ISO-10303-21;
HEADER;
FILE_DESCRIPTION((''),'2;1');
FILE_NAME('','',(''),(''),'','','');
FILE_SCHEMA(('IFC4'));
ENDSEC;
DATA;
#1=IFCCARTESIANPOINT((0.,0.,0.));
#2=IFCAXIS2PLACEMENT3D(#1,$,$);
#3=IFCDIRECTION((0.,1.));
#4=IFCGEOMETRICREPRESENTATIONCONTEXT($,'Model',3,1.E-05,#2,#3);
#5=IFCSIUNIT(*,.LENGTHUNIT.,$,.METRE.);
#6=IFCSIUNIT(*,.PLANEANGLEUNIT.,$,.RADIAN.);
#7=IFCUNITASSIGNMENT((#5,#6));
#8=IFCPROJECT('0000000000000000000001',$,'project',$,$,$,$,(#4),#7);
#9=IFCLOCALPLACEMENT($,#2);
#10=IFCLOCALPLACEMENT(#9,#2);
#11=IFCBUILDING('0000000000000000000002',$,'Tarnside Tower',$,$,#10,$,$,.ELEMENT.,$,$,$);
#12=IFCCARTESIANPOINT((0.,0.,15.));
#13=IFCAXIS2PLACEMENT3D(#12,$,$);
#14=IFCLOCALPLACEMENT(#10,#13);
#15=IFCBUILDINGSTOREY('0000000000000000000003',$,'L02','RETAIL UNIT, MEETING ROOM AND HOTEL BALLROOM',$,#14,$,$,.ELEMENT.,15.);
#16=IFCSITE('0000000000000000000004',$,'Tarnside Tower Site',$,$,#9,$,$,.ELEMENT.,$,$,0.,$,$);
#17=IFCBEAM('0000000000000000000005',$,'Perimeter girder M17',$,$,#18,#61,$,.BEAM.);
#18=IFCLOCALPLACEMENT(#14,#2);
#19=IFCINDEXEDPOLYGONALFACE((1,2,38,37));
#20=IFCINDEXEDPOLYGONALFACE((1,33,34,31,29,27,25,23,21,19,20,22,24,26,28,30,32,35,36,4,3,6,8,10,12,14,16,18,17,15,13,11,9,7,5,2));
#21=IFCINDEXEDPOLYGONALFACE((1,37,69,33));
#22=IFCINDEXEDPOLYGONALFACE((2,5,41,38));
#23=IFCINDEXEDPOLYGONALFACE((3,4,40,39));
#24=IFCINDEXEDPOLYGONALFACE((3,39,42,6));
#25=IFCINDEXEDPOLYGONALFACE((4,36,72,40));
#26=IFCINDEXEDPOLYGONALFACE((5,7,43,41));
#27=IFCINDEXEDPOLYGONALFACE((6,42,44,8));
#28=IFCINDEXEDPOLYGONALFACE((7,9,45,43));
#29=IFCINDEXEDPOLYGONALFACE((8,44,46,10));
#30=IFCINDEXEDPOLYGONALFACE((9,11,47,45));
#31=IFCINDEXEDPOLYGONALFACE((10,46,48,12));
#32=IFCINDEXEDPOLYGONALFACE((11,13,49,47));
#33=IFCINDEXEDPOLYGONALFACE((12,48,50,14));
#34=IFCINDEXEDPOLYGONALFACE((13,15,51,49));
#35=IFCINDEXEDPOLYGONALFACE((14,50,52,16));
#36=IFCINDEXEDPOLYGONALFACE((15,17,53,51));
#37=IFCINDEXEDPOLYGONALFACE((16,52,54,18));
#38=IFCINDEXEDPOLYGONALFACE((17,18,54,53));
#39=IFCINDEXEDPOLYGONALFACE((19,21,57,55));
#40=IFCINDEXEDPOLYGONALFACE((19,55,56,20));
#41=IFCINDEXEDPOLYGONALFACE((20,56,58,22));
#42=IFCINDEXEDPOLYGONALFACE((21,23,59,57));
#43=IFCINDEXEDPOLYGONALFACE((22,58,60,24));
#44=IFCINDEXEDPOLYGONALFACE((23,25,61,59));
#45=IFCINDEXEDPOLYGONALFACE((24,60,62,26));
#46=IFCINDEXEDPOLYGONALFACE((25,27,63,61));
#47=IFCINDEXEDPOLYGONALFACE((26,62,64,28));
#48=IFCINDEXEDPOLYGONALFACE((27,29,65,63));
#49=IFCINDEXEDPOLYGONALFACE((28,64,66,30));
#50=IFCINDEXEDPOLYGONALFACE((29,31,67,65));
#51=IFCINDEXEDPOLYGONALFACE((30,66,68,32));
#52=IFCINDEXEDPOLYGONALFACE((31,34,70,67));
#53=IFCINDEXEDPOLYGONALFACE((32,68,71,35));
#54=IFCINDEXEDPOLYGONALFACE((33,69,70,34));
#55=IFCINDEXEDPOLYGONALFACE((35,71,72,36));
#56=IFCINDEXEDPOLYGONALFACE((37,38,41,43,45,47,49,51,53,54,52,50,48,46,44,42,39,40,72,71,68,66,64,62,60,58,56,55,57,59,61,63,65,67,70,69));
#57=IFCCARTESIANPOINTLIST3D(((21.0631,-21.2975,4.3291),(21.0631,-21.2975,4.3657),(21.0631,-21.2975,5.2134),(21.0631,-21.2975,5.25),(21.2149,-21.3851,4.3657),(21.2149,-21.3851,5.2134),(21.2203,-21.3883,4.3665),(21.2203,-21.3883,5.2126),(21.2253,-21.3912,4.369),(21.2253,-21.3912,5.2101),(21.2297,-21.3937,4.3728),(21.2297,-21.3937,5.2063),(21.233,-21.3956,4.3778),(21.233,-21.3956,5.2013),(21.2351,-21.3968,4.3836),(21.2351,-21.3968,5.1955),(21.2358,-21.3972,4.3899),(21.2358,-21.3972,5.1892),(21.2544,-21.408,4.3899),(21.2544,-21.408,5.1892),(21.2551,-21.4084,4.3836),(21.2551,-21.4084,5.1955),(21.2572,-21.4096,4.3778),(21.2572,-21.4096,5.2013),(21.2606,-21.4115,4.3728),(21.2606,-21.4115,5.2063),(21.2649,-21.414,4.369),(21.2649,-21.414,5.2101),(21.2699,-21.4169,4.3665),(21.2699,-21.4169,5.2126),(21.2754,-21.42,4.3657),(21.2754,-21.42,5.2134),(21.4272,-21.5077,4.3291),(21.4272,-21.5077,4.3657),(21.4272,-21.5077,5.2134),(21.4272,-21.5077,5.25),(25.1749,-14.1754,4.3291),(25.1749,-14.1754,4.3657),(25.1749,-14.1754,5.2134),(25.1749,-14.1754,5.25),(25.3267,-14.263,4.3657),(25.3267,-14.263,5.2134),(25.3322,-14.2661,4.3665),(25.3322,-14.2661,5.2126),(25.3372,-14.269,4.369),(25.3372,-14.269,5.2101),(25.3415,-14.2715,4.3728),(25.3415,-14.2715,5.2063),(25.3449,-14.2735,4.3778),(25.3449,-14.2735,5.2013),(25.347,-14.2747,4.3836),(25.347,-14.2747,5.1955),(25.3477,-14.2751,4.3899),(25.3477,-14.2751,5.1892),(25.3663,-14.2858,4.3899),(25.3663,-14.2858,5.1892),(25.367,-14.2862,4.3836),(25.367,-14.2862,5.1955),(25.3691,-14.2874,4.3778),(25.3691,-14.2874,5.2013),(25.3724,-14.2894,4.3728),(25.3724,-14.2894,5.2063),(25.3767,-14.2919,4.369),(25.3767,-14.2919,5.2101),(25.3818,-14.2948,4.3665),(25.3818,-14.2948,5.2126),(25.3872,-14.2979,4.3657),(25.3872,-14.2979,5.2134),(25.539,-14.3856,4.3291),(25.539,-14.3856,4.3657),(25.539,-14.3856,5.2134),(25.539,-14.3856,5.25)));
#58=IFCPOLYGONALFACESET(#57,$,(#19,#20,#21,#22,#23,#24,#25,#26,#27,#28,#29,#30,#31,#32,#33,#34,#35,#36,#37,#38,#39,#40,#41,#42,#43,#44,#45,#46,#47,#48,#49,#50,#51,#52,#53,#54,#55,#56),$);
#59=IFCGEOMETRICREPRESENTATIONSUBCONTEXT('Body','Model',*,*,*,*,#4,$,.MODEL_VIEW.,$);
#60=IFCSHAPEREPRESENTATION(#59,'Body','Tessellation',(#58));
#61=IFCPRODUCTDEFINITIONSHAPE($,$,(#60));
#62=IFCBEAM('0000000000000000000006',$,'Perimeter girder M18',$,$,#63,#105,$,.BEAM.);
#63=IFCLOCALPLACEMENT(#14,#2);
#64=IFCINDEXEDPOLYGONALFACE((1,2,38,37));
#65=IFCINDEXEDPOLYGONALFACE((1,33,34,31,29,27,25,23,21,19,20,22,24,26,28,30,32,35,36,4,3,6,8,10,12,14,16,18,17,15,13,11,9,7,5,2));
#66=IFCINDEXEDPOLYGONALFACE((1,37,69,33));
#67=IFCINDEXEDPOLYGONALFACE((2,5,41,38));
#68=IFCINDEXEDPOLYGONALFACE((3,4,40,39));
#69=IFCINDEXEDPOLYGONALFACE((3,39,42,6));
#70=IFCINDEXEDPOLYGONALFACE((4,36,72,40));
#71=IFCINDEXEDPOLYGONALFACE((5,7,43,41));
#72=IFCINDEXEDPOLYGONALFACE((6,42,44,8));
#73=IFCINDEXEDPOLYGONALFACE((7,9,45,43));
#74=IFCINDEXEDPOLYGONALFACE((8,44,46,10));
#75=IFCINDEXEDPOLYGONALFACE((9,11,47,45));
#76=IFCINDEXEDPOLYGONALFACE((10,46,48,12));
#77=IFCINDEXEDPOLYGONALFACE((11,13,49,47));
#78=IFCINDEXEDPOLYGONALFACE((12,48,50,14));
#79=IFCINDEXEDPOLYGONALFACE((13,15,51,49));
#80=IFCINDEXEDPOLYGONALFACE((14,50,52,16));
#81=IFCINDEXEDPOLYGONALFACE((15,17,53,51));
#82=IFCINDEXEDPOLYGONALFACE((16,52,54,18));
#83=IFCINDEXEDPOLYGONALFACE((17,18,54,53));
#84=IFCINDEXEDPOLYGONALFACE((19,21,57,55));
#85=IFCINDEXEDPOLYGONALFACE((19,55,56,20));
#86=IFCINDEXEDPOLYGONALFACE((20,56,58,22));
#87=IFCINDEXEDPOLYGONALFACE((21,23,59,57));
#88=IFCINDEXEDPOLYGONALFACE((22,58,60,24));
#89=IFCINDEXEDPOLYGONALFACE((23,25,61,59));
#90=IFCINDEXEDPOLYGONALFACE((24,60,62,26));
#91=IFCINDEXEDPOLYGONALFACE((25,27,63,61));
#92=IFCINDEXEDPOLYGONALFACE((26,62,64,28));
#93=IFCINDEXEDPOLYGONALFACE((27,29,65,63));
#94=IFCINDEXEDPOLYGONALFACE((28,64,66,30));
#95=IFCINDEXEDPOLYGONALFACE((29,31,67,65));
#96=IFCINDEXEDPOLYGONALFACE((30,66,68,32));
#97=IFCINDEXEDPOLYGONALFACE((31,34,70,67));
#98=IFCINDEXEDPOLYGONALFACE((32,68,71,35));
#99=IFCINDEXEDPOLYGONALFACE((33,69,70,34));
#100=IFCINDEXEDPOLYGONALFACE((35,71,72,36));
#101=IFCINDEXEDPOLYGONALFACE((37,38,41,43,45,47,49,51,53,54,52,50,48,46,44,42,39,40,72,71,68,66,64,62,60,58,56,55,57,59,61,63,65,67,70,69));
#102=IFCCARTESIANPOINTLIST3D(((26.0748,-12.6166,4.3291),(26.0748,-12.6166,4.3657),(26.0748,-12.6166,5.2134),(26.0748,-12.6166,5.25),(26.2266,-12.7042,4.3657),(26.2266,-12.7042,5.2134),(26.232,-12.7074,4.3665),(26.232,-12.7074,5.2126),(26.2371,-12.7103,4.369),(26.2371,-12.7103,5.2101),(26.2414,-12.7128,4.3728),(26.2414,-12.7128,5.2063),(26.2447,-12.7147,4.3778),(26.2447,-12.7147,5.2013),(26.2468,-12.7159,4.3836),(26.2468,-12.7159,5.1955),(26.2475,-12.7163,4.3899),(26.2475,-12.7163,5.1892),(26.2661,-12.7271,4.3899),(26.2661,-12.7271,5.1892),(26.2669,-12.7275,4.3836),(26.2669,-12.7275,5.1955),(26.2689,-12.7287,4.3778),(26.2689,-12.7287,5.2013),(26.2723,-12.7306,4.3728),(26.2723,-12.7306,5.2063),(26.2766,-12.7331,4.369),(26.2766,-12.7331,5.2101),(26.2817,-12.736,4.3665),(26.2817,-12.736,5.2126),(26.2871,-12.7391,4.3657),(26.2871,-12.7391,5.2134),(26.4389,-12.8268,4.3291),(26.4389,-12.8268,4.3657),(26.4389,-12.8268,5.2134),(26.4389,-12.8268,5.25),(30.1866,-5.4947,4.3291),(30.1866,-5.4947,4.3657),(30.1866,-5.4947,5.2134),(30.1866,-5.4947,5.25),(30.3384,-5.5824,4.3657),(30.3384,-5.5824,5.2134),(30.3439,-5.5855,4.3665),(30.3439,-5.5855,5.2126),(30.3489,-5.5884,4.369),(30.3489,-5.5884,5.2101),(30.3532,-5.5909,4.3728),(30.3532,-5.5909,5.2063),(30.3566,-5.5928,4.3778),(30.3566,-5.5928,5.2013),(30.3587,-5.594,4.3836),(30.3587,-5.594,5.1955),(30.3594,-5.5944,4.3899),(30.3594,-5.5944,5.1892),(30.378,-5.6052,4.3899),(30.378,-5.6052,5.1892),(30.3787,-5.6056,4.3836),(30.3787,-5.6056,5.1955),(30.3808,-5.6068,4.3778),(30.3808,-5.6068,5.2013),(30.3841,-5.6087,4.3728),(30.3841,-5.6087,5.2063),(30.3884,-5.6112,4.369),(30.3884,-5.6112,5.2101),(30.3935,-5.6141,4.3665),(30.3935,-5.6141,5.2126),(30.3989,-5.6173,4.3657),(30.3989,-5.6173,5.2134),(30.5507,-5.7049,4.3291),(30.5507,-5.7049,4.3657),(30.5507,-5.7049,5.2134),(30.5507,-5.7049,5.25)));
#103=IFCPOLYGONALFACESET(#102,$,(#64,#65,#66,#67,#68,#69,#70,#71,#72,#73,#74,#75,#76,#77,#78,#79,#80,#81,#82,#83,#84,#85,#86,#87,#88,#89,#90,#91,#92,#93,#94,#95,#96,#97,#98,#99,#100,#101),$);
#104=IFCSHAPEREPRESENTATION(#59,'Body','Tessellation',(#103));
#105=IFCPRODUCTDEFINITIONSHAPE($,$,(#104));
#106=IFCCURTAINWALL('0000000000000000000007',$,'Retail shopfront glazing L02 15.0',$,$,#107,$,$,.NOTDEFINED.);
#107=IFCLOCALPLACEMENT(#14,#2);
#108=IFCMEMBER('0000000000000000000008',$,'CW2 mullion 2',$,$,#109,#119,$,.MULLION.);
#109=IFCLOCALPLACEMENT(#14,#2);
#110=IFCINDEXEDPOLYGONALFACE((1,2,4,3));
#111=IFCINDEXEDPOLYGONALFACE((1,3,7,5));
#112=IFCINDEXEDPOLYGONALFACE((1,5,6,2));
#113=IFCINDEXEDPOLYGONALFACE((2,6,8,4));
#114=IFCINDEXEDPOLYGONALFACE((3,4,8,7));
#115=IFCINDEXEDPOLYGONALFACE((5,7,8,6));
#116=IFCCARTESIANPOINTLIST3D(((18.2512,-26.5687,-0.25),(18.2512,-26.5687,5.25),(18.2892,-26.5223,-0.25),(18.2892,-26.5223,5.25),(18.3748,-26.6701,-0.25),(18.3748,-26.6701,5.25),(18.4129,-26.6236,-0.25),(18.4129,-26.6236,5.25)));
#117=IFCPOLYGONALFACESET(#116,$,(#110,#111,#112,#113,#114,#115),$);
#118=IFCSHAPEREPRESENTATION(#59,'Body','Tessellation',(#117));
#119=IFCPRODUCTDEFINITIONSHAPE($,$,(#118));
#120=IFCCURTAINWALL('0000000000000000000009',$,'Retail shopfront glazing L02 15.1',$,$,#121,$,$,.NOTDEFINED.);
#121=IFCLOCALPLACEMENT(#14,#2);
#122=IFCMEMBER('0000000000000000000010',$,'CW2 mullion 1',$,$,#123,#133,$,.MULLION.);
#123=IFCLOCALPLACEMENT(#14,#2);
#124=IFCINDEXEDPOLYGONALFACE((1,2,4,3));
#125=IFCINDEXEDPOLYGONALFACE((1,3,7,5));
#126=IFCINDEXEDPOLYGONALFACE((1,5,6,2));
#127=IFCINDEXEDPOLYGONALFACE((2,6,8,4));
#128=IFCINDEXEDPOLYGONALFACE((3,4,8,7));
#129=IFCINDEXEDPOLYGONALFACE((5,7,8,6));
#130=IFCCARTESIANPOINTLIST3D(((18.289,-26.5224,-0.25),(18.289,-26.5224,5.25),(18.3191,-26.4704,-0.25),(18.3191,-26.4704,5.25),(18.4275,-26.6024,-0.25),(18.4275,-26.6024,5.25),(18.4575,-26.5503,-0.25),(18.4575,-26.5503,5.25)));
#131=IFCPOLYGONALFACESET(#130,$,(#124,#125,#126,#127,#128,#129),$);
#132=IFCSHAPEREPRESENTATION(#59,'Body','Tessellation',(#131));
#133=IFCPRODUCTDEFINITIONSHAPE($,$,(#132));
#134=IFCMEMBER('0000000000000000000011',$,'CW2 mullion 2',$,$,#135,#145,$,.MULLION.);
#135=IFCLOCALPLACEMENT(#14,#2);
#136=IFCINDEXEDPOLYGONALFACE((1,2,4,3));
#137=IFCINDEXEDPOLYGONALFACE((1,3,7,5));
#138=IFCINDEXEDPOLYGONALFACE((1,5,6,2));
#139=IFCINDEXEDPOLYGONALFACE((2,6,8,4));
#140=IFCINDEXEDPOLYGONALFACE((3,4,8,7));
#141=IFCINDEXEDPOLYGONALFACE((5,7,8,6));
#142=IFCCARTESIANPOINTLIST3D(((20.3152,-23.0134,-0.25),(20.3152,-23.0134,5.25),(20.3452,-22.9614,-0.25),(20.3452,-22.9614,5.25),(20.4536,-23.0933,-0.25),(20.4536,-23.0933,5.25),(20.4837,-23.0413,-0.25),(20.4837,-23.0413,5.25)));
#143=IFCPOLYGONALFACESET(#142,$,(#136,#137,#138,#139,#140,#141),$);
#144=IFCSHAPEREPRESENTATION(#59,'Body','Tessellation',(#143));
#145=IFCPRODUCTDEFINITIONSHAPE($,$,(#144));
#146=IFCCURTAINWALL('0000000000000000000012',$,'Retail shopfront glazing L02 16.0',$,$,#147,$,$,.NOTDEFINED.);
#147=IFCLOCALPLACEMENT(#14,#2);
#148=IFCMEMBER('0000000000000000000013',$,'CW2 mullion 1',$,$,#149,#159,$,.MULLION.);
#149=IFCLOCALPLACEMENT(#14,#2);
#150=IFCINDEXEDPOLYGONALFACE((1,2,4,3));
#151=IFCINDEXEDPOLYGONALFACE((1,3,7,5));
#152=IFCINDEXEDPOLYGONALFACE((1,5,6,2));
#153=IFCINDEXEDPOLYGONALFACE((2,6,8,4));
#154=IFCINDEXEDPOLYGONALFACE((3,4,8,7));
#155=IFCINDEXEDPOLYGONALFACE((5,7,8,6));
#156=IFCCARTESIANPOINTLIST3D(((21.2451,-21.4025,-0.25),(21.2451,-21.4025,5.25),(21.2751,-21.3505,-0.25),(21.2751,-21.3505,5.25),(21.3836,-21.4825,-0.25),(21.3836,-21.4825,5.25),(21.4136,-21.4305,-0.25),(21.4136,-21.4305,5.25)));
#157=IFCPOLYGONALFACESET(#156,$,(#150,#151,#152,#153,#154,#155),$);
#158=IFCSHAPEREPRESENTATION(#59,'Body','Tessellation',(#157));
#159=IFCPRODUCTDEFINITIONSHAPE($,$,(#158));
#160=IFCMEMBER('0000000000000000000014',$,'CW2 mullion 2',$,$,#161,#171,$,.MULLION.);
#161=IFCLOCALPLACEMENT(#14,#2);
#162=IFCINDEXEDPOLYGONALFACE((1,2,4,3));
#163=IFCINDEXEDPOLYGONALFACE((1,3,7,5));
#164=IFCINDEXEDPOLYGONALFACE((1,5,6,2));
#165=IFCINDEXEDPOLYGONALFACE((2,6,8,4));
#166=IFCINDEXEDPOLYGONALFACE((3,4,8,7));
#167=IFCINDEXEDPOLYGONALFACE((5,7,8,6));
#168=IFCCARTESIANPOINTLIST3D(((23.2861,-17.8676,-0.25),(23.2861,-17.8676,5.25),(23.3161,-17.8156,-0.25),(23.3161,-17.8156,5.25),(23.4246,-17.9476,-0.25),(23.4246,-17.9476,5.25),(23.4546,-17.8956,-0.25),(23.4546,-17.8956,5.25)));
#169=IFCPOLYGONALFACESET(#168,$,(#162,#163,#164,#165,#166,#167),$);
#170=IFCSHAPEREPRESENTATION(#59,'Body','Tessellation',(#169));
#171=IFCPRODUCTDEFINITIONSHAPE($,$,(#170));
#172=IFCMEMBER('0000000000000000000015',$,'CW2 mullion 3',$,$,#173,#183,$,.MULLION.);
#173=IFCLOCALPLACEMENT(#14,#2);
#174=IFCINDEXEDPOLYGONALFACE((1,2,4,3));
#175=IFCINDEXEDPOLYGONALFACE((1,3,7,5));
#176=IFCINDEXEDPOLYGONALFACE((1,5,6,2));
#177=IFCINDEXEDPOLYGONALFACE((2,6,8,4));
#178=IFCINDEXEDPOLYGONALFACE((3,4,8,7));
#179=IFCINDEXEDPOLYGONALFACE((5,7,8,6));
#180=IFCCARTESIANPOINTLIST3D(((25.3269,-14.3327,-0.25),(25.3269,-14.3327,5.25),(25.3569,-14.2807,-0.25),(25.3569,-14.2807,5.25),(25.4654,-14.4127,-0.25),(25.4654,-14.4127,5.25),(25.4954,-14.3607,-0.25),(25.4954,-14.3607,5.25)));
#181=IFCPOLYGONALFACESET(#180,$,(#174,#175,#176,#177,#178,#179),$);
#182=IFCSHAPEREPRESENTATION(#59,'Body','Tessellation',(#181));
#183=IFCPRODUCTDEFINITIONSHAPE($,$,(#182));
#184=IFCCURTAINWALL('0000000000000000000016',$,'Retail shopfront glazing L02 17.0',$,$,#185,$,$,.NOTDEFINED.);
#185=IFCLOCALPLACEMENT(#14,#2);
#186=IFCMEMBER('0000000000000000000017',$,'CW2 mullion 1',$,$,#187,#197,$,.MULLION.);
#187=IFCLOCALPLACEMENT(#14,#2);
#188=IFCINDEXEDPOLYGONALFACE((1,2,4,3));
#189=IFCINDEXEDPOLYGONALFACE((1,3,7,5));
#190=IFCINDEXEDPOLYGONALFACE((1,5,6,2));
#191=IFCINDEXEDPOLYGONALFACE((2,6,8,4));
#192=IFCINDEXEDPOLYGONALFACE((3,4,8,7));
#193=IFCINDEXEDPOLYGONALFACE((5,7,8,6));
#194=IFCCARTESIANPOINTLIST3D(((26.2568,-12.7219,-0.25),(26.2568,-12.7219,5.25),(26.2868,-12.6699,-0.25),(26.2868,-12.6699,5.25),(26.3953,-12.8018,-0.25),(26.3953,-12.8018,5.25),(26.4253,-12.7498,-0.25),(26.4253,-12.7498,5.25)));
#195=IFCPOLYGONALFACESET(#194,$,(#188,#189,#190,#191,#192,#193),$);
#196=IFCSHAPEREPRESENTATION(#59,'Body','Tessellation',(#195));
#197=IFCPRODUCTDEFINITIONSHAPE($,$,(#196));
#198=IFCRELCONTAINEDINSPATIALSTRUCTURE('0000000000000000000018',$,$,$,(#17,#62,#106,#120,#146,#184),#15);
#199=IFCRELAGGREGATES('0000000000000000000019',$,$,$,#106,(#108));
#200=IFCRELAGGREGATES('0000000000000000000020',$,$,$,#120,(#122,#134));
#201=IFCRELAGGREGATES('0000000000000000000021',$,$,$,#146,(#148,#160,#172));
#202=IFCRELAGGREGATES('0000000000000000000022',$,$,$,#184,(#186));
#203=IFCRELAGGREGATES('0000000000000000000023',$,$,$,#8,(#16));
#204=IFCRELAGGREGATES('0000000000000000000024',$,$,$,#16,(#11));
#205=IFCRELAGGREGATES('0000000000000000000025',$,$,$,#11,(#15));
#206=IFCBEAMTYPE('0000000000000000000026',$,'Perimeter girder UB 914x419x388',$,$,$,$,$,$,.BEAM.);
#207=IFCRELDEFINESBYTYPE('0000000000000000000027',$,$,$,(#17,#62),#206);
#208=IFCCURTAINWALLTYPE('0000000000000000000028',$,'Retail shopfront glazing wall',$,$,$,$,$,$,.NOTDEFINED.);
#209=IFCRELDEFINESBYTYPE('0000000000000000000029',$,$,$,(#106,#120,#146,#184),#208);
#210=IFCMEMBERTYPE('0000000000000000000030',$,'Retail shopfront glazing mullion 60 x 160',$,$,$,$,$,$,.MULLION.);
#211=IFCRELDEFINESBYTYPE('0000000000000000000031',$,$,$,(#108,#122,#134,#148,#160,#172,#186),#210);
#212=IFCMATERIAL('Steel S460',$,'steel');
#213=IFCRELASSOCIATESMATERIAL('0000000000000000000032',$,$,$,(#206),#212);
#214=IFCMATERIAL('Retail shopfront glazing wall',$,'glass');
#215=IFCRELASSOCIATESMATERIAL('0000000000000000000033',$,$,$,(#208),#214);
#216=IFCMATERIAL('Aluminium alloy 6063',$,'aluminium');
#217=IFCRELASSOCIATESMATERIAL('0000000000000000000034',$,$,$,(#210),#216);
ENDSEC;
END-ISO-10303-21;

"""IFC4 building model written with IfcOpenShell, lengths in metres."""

from ifc_helpers import new_model, si_unit, direction, frame, origin, origin_2d, place, context, subcontext, project, spatial, rectangle, i_section, extrude, material, material_profile, profile_set, type_object, element, aggregate, save


model = new_model("IFC4")

# Units and contexts
model_context = context("Model", 3, precision=1e-05, world=origin(), true_north=direction((0.0, 1.0)))
body_context = subcontext(model_context, "Body", "Model", "MODEL_VIEW")
ifc_project = project(units=[si_unit("LENGTHUNIT", "METRE"), si_unit("PLANEANGLEUNIT", "RADIAN")], contexts=[model_context])

# Site, building, storey
site_placement = place(None, origin())
site = spatial("IfcSite", under=ifc_project, at=site_placement, Name="Tarnside Tower Site", CompositionType="ELEMENT", RefElevation=0.0)
building_placement = place(site_placement, origin())
building = spatial("IfcBuilding", under=site, at=building_placement, Name="Tarnside Tower", CompositionType="ELEMENT")
storey_placement = place(building_placement, frame((0.0, 0.0, 15.0)))
storey = spatial("IfcBuildingStorey", under=building, at=storey_placement, Name="L02", Description="RETAIL UNIT, MEETING ROOM AND HOTEL BALLROOM", CompositionType="ELEMENT", Elevation=15.0)

# Shared definitions
ifc_material_1 = material(Name="Steel S460", Category="steel")

# Beams
ifc_material_profile_1 = material_profile(ifc_material_1, i_section(OverallWidth=0.4204, OverallDepth=0.9209, WebThickness=0.0215, FlangeThickness=0.0366, FilletRadius=0.0242, at=origin_2d()), Name="UB 914x419x388")
ifc_profile_set_1 = profile_set([ifc_material_profile_1], Name="Steel S460")
beam_type_1 = type_object("IfcBeamType", Name="Perimeter girder UB 914x419x388", PredefinedType="BEAM", material=ifc_profile_set_1)
beam_1_placement = place(storey_placement, frame((21.2451, -21.4026, 4.7896), z_axis=(0.49999, 0.866031, 0.0), x_axis=(-0.866031, 0.49999, 0.0)))
element("IfcBeam", 1, at=beam_1_placement, inside=storey, type_object=beam_type_1, Name="Perimeter girder M17", PredefinedType="BEAM", context=body_context, shape_type="SweptSolid", body=[
    extrude(i_section(OverallWidth=0.4204, OverallDepth=0.9209, WebThickness=0.0215, FlangeThickness=0.0366, FilletRadius=0.0242, at=origin_2d()), origin(), (0.0, 0.0, 1.0), 8.2239),
])
beam_2_placement = place(storey_placement, frame((26.2568, -12.7217, 4.7896), z_axis=(0.500003, 0.866024, 0.0), x_axis=(-0.866024, 0.500003, 0.0)))
element("IfcBeam", 2, at=beam_2_placement, inside=storey, type_object=beam_type_1, Name="Perimeter girder M18", PredefinedType="BEAM", context=body_context, shape_type="SweptSolid", body=[
    extrude(i_section(OverallWidth=0.4204, OverallDepth=0.9209, WebThickness=0.0215, FlangeThickness=0.0366, FilletRadius=0.0242, at=origin_2d()), origin(), (0.0, 0.0, 1.0), 8.2236),
])

# Curtain wall, member
ifc_material_2 = material(Name="Retail shopfront glazing wall", Category="glass")
curtain_wall_type = type_object("IfcCurtainWallType", Name="Retail shopfront glazing wall", PredefinedType="NOTDEFINED", material=ifc_material_2)
curtain_wall_1_placement = place(storey_placement, origin())
curtain_wall_1 = element("IfcCurtainWall", 3, at=curtain_wall_1_placement, inside=storey, type_object=curtain_wall_type, Name="Retail shopfront glazing L02 15.0", PredefinedType="NOTDEFINED")
ifc_material_3 = material(Name="Aluminium alloy 6063", Category="aluminium")
ifc_material_profile_2 = material_profile(ifc_material_3, rectangle(XDim=0.1599, YDim=0.0601, at=origin_2d()), Name="Retail shopfront glazing mullion 60 x 160")
ifc_profile_set_2 = profile_set([ifc_material_profile_2], Name="Aluminium alloy 6063")
member_type_1 = type_object("IfcMemberType", Name="Retail shopfront glazing mullion 60 x 160", PredefinedType="MULLION", material=ifc_profile_set_2)
member_1_placement = place(storey_placement, frame((18.332, -26.5962, -0.25), z_axis=(0.0, 0.0, 1.0), x_axis=(-0.773472, 0.633831, 0.0)))
member_1 = element("IfcMember", 4, at=member_1_placement, type_object=member_type_1, Name="CW2 mullion 2", PredefinedType="MULLION", context=body_context, shape_type="SweptSolid", body=[
    extrude(rectangle(XDim=0.1599, YDim=0.0601, at=origin_2d()), origin(), (0.0, 0.0, 1.0), 5.5),
])
aggregate(curtain_wall_1, [member_1])

# Curtain walls, members
curtain_wall_2_placement = place(storey_placement, origin())
curtain_wall_2 = element("IfcCurtainWall", 5, at=curtain_wall_2_placement, inside=storey, type_object=curtain_wall_type, Name="Retail shopfront glazing L02 15.1", PredefinedType="NOTDEFINED")
member_2_placement = place(storey_placement, frame((18.3733, -26.5364, -0.25), z_axis=(0.0, 0.0, 1.0), x_axis=(-0.866025, 0.5, 0.0)))
member_2 = element("IfcMember", 6, at=member_2_placement, type_object=member_type_1, Name="CW2 mullion 1", PredefinedType="MULLION", context=body_context, shape_type="SweptSolid", body=[
    extrude(rectangle(XDim=0.1599, YDim=0.0601, at=origin_2d()), origin(), (0.0, 0.0, 1.0), 5.5),
])
member_3_placement = place(storey_placement, frame((20.3994, -23.0273, -0.25), z_axis=(0.0, 0.0, 1.0), x_axis=(-0.866025, 0.5, 0.0)))
member_3 = element("IfcMember", 7, at=member_3_placement, type_object=member_type_1, Name="CW2 mullion 2", PredefinedType="MULLION", context=body_context, shape_type="SweptSolid", body=[
    extrude(rectangle(XDim=0.1599, YDim=0.0601, at=origin_2d()), origin(), (0.0, 0.0, 1.0), 5.5),
])
curtain_wall_3_placement = place(storey_placement, origin())
curtain_wall_3 = element("IfcCurtainWall", 8, at=curtain_wall_3_placement, inside=storey, type_object=curtain_wall_type, Name="Retail shopfront glazing L02 16.0", PredefinedType="NOTDEFINED")
member_4_placement = place(storey_placement, frame((21.3293, -21.4165, -0.25), z_axis=(0.0, 0.0, 1.0), x_axis=(-0.866025, 0.5, 0.0)))
member_4 = element("IfcMember", 9, at=member_4_placement, type_object=member_type_1, Name="CW2 mullion 1", PredefinedType="MULLION", context=body_context, shape_type="SweptSolid", body=[
    extrude(rectangle(XDim=0.1599, YDim=0.0601, at=origin_2d()), origin(), (0.0, 0.0, 1.0), 5.5),
])
member_5_placement = place(storey_placement, frame((23.3704, -17.8816, -0.25), z_axis=(0.0, 0.0, 1.0), x_axis=(-0.866025, 0.5, 0.0)))
member_5 = element("IfcMember", 10, at=member_5_placement, type_object=member_type_1, Name="CW2 mullion 2", PredefinedType="MULLION", context=body_context, shape_type="SweptSolid", body=[
    extrude(rectangle(XDim=0.1599, YDim=0.0601, at=origin_2d()), origin(), (0.0, 0.0, 1.0), 5.5),
])
member_6_placement = place(storey_placement, frame((25.4111, -14.3467, -0.25), z_axis=(0.0, 0.0, 1.0), x_axis=(-0.866025, 0.5, 0.0)))
member_6 = element("IfcMember", 11, at=member_6_placement, type_object=member_type_1, Name="CW2 mullion 3", PredefinedType="MULLION", context=body_context, shape_type="SweptSolid", body=[
    extrude(rectangle(XDim=0.1599, YDim=0.0601, at=origin_2d()), origin(), (0.0, 0.0, 1.0), 5.5),
])

# Curtain wall, member
curtain_wall_4_placement = place(storey_placement, origin())
curtain_wall_4 = element("IfcCurtainWall", 12, at=curtain_wall_4_placement, inside=storey, type_object=curtain_wall_type, Name="Retail shopfront glazing L02 17.0", PredefinedType="NOTDEFINED")
member_7_placement = place(storey_placement, frame((26.3411, -12.7358, -0.25), z_axis=(0.0, 0.0, 1.0), x_axis=(-0.866025, 0.5, 0.0)))
member_7 = element("IfcMember", 13, at=member_7_placement, type_object=member_type_1, Name="CW2 mullion 1", PredefinedType="MULLION", context=body_context, shape_type="SweptSolid", body=[
    extrude(rectangle(XDim=0.1599, YDim=0.0601, at=origin_2d()), origin(), (0.0, 0.0, 1.0), 5.5),
])

aggregate(curtain_wall_2, [member_2, member_3])
aggregate(curtain_wall_3, [member_4, member_5, member_6])
aggregate(curtain_wall_4, [member_7])

save(model, "model.ifc")
